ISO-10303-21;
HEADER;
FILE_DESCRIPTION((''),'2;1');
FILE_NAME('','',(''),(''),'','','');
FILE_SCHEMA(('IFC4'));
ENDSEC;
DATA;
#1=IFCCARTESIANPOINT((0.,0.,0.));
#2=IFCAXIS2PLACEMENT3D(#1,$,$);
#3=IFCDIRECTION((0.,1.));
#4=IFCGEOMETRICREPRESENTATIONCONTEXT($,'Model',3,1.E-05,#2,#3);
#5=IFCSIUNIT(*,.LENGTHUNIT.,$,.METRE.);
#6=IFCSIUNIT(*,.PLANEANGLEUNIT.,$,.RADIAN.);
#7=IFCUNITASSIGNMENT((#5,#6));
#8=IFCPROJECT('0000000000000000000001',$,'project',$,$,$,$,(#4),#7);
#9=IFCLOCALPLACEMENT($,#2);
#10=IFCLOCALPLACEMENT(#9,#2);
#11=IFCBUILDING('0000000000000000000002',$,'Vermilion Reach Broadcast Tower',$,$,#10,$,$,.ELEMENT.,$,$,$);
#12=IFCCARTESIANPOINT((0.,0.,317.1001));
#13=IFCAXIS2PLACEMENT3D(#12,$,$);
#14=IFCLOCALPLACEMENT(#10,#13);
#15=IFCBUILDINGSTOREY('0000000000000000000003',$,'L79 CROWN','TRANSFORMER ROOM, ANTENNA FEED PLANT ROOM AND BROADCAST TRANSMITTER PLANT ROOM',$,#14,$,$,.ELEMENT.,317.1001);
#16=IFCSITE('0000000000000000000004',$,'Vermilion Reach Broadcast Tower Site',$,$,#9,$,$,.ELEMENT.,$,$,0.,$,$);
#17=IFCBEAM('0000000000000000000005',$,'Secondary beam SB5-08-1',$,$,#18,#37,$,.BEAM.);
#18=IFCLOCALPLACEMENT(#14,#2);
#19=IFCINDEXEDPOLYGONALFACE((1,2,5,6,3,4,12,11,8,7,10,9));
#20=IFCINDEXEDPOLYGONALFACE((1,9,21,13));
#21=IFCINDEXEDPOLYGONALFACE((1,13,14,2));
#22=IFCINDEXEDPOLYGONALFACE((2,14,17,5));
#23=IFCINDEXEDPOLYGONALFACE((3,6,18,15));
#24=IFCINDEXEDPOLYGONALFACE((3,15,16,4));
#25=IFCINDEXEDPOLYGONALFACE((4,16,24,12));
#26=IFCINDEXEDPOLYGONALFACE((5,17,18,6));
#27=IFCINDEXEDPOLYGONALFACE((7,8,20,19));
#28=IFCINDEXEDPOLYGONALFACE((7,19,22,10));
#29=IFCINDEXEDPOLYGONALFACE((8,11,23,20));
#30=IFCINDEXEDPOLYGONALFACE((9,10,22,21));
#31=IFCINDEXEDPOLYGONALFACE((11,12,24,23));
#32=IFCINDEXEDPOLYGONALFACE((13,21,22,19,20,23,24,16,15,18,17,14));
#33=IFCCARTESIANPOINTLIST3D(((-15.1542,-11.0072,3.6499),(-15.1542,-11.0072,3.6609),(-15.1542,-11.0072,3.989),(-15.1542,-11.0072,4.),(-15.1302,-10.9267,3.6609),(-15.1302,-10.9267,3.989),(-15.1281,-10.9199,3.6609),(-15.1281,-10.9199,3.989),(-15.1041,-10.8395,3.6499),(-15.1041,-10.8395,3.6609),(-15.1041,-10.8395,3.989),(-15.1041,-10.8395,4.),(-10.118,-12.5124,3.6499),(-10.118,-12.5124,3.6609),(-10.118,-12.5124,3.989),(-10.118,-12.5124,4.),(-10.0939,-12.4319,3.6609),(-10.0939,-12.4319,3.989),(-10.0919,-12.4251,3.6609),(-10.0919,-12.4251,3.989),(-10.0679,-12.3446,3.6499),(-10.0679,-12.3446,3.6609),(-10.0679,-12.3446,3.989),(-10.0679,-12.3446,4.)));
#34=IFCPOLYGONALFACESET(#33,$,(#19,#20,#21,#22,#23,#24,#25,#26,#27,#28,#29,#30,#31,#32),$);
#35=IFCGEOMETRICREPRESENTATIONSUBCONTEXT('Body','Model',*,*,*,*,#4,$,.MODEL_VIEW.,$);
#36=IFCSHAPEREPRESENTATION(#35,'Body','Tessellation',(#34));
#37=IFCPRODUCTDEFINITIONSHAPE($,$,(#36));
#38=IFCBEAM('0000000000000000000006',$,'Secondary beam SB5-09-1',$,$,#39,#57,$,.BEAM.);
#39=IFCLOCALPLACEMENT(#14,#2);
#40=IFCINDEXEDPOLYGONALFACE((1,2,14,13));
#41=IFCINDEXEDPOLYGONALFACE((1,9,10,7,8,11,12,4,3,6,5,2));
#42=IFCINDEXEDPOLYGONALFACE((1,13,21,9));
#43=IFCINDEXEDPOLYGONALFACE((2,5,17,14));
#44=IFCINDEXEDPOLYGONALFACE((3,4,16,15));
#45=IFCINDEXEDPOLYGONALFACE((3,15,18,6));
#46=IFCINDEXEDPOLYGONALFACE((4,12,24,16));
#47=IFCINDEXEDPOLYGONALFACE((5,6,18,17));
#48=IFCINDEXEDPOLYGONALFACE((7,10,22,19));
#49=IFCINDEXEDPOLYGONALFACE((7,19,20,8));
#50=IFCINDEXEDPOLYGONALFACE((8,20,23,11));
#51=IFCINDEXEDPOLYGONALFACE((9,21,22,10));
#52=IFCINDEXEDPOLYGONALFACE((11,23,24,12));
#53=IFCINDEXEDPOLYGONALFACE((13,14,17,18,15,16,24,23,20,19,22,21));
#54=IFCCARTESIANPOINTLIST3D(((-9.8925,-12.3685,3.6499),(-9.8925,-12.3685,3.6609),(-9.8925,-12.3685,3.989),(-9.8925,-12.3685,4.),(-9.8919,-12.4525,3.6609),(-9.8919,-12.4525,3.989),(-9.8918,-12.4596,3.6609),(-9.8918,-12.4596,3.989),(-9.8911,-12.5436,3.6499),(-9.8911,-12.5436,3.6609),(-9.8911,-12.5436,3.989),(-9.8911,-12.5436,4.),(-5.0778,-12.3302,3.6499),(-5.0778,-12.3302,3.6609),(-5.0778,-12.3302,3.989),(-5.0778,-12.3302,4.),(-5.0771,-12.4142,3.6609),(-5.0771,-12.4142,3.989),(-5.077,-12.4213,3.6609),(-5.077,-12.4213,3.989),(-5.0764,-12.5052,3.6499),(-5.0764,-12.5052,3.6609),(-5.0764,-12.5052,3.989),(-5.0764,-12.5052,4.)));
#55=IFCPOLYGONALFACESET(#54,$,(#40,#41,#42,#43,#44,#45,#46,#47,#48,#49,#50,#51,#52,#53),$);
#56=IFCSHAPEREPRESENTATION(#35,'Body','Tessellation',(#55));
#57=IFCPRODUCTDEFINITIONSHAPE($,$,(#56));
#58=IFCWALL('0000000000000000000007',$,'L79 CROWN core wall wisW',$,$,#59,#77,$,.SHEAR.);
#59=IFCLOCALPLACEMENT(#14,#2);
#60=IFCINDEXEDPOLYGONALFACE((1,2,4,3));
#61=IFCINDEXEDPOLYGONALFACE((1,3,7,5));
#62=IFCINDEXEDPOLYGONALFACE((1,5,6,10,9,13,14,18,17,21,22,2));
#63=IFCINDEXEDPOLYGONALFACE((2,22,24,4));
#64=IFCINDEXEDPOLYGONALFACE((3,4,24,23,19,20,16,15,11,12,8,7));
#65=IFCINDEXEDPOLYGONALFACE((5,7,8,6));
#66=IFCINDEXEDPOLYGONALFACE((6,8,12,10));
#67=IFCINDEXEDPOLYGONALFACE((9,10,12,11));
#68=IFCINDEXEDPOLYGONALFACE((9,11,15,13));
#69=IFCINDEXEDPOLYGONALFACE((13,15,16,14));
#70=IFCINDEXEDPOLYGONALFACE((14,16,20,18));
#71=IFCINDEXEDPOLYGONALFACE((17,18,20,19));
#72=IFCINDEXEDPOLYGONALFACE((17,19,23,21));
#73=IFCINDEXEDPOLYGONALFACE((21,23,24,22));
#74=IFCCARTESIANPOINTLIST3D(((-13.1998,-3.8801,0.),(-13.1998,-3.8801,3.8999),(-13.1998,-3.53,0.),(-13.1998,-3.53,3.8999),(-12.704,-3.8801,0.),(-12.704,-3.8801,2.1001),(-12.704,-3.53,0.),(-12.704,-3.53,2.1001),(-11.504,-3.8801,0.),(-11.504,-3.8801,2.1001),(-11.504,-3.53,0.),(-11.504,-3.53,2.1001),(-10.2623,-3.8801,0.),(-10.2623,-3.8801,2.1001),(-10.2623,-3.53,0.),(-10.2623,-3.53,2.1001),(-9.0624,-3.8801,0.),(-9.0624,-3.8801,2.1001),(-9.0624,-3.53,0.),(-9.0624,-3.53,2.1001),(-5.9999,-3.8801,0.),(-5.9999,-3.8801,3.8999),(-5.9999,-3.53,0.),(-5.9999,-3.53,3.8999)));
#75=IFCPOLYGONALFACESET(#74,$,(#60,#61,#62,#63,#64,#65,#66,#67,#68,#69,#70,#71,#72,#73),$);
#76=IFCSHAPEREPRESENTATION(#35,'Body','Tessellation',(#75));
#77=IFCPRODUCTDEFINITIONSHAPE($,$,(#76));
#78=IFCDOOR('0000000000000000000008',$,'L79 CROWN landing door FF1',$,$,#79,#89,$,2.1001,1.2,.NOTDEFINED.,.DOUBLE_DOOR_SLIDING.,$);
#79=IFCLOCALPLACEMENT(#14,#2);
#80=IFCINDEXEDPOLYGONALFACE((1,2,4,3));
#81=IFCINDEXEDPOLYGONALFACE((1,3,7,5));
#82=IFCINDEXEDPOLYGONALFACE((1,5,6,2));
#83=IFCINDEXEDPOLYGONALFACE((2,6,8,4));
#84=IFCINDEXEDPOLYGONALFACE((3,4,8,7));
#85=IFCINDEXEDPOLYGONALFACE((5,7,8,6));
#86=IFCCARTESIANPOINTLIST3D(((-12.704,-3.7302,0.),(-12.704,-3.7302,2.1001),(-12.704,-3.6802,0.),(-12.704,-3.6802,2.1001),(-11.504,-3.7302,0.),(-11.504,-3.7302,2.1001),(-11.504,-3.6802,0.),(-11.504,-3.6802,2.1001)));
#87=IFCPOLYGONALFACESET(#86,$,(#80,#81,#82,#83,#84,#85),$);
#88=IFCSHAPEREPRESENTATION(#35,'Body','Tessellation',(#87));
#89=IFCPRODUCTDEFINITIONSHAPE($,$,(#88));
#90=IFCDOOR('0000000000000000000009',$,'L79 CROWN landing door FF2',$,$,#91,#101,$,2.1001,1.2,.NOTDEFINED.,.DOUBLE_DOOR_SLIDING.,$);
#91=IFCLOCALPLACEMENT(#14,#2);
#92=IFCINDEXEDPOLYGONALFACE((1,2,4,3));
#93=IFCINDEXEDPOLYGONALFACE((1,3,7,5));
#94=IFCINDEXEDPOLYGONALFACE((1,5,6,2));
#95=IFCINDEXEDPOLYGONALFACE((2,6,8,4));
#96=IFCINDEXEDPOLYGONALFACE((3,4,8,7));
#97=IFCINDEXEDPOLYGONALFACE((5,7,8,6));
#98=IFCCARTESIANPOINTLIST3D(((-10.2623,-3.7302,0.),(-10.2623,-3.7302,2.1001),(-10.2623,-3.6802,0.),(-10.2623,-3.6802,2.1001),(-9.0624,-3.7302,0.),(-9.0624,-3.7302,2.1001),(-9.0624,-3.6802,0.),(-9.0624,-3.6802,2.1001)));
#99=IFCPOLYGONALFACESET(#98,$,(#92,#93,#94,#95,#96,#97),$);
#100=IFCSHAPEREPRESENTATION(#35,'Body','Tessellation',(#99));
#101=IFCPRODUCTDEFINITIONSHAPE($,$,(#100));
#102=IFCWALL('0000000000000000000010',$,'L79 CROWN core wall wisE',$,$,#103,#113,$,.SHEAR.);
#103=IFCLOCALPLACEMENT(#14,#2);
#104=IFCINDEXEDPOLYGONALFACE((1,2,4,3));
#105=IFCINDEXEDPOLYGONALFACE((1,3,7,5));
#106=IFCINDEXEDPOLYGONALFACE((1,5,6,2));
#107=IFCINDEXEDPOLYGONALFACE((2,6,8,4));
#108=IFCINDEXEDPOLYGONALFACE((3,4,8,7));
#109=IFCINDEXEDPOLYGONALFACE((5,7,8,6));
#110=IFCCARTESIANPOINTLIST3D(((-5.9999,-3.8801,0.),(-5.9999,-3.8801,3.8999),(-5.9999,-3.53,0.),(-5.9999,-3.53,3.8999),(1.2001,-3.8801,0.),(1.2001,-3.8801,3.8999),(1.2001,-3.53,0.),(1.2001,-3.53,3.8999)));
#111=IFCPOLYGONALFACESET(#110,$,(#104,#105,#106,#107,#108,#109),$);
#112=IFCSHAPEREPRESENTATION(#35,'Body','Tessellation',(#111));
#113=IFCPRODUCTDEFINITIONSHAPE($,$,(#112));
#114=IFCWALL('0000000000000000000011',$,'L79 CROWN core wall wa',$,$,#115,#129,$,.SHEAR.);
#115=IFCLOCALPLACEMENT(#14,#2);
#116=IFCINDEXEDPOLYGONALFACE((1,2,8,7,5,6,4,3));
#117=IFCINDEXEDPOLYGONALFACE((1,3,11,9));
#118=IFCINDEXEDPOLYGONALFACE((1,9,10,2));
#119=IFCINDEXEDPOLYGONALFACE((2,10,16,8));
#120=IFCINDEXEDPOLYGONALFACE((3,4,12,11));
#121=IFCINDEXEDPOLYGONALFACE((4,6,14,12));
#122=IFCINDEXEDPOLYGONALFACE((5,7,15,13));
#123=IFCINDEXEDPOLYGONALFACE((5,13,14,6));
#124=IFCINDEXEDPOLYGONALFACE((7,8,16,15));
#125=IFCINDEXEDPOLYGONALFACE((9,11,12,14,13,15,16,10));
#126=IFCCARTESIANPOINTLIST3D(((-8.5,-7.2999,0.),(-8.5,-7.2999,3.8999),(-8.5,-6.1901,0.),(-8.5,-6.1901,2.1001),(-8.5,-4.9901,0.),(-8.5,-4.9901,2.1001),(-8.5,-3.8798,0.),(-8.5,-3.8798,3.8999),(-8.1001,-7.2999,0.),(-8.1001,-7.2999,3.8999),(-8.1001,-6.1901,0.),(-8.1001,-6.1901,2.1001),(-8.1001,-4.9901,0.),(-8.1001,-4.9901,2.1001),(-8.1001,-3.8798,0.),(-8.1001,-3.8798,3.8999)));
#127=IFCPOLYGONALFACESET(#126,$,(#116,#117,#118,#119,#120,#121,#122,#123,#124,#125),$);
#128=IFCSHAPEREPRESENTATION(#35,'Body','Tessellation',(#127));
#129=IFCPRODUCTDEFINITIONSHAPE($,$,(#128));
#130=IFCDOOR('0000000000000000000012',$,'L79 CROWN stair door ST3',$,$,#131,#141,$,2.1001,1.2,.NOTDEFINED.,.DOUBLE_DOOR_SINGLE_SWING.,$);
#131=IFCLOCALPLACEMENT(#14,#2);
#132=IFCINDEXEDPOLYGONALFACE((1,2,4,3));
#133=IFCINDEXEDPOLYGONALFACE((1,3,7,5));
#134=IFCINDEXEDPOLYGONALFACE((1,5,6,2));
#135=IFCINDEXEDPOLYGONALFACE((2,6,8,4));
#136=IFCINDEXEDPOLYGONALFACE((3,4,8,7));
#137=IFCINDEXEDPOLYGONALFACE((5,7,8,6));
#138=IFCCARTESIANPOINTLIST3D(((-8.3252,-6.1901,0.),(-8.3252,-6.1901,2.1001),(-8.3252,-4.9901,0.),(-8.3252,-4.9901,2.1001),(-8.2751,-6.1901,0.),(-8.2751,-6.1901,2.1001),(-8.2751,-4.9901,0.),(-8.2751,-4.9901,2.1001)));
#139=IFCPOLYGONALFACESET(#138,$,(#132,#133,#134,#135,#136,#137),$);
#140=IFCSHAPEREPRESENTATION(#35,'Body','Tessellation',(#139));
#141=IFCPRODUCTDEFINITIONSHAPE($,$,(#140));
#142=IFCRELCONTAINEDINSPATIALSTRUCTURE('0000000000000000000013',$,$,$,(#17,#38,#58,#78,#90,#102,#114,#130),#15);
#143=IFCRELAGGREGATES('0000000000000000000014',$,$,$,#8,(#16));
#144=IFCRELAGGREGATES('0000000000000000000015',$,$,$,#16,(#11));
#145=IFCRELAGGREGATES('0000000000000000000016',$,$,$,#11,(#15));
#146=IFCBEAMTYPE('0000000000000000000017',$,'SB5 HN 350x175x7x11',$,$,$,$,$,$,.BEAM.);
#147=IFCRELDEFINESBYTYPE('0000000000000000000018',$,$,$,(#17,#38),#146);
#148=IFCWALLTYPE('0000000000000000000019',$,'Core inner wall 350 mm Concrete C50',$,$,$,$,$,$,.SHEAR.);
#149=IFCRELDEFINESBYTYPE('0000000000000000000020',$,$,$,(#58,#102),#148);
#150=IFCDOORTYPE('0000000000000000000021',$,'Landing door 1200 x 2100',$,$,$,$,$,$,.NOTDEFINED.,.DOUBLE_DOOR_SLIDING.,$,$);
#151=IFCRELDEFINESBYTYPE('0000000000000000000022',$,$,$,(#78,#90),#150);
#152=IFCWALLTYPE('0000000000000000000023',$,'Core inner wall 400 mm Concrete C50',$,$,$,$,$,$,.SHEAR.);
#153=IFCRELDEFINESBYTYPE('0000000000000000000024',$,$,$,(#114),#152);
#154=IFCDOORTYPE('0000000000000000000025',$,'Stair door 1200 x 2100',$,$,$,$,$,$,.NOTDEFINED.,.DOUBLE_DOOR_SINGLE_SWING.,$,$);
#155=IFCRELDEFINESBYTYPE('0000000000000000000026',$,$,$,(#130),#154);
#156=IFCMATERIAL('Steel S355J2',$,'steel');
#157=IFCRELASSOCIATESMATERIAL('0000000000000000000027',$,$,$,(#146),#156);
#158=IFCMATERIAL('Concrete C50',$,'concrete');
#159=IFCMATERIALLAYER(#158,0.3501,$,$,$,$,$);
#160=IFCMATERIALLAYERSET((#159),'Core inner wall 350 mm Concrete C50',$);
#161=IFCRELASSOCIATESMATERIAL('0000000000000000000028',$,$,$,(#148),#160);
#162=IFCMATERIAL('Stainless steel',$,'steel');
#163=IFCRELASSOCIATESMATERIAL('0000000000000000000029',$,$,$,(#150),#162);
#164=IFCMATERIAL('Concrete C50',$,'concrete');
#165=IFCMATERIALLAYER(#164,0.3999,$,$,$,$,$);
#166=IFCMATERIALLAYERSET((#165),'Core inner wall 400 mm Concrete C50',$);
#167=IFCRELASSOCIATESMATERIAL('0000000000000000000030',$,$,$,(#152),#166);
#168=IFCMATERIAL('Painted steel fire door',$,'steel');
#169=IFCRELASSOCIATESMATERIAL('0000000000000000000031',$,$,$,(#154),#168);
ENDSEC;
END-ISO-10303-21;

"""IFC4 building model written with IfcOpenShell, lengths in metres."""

from ifc_helpers import new_model, si_unit, direction, frame, frame_2d, origin, origin_2d, place, context, subcontext, project, spatial, rectangle, i_section, extrude, material, layer, layer_set, material_profile, profile_set, type_object, element, fill, save


model = new_model("IFC4")

# Units and contexts
model_context = context("Model", 3, precision=1e-05, world=origin(), true_north=direction((0.0, 1.0)))
body_context = subcontext(model_context, "Body", "Model", "MODEL_VIEW")
ifc_project = project(units=[si_unit("LENGTHUNIT", "METRE"), si_unit("PLANEANGLEUNIT", "RADIAN")], contexts=[model_context])

# Site, building, storey
site_placement = place(None, origin())
site = spatial("IfcSite", under=ifc_project, at=site_placement, Name="Vermilion Reach Broadcast Tower Site", CompositionType="ELEMENT", RefElevation=0.0)
building_placement = place(site_placement, origin())
building = spatial("IfcBuilding", under=site, at=building_placement, Name="Vermilion Reach Broadcast Tower", CompositionType="ELEMENT")
storey_placement = place(building_placement, frame((0.0, 0.0, 317.1001)))
storey = spatial("IfcBuildingStorey", under=building, at=storey_placement, Name="L79 CROWN", Description="TRANSFORMER ROOM, ANTENNA FEED PLANT ROOM AND BROADCAST TRANSMITTER PLANT ROOM", CompositionType="ELEMENT", Elevation=317.1001)

# Beams
ifc_material_1 = material(Name="Steel S355J2", Category="steel")
ifc_material_profile_1 = material_profile(ifc_material_1, i_section(OverallWidth=0.175, OverallDepth=0.3501, WebThickness=0.0071, FlangeThickness=0.011, at=origin_2d()), Name="S355J2 HN 350x175x7x11")
ifc_profile_set_1 = profile_set([ifc_material_profile_1], Name="Steel S355J2")
beam_type_1 = type_object("IfcBeamType", Name="SB5 HN 350x175x7x11", PredefinedType="BEAM", material=ifc_profile_set_1)
beam_1_placement = place(storey_placement, frame((-15.1292, -10.9233, 3.825), z_axis=(0.958125, -0.286351, 0.0), x_axis=(0.286351, 0.958125, 0.0)))
element("IfcBeam", 1, at=beam_1_placement, inside=storey, type_object=beam_type_1, Name="Secondary beam SB5-08-1", PredefinedType="BEAM", context=body_context, shape_type="SweptSolid", body=[
    extrude(i_section(OverallWidth=0.175, OverallDepth=0.3501, WebThickness=0.0071, FlangeThickness=0.011, at=origin_2d()), origin(), (0.0, 0.0, 1.0), 5.2563),
])
beam_2_placement = place(storey_placement, frame((-9.8918, -12.4561, 3.825), z_axis=(0.999968, 0.007961, 0.0), x_axis=(-0.007961, 0.999968, 0.0)))
element("IfcBeam", 2, at=beam_2_placement, inside=storey, type_object=beam_type_1, Name="Secondary beam SB5-09-1", PredefinedType="BEAM", context=body_context, shape_type="SweptSolid", body=[
    extrude(i_section(OverallWidth=0.175, OverallDepth=0.3501, WebThickness=0.0071, FlangeThickness=0.011, at=origin_2d()), origin(), (0.0, 0.0, 1.0), 4.8149),
])

# Wall, openings, doors
ifc_material_2 = material(Name="Concrete C50", Category="concrete")
ifc_layer_1 = layer(ifc_material_2, 0.3501)
ifc_layer_set_1 = layer_set([ifc_layer_1], Name="Core inner wall 350 mm Concrete C50")
wall_type_1 = type_object("IfcWallType", Name="Core inner wall 350 mm Concrete C50", PredefinedType="SHEAR", material=ifc_layer_set_1)
wall_1_placement = place(storey_placement, frame((-13.2, -3.7051, 0.0), z_axis=(0.0, 0.0, 1.0), x_axis=(1.0, 0.0, 0.0)))
wall_1 = element("IfcWall", 3, at=wall_1_placement, inside=storey, type_object=wall_type_1, Name="L79 CROWN core wall wisW", PredefinedType="SHEAR", context=body_context, shape_type="SweptSolid", body=[
    extrude(rectangle(XDim=7.2, YDim=0.3501, at=frame_2d((3.6001, 0.0))), origin(), (0.0, 0.0, 1.0), 3.8999),
])
opening_1_placement = place(wall_1_placement, frame((0.4958, 0.0, 0.0)))
opening_1 = element("IfcOpeningElement", 4, at=opening_1_placement, cuts=wall_1, PredefinedType="OPENING", context=body_context, shape_type="SweptSolid", body=[
    extrude(rectangle(XDim=1.2, YDim=2.1001, at=frame_2d((0.6001, 1.05))), frame((0.0, 0.1851, 0.0), z_axis=(0.0, -1.0, 0.0), x_axis=(1.0, 0.0, 0.0)), (0.0, 0.0, 1.0), 0.3701),
])
opening_2_placement = place(wall_1_placement, frame((2.9375, 0.0, 0.0)))
opening_2 = element("IfcOpeningElement", 5, at=opening_2_placement, cuts=wall_1, PredefinedType="OPENING", context=body_context, shape_type="SweptSolid", body=[
    extrude(rectangle(XDim=1.2, YDim=2.1001, at=frame_2d((0.6001, 1.05))), frame((0.0, 0.1851, 0.0), z_axis=(0.0, -1.0, 0.0), x_axis=(1.0, 0.0, 0.0)), (0.0, 0.0, 1.0), 0.3701),
])
ifc_material_3 = material(Name="Stainless steel", Category="steel")
door_type_1 = type_object("IfcDoorType", Name="Landing door 1200 x 2100", OperationType="DOUBLE_DOOR_SLIDING", PredefinedType="NOTDEFINED", material=ifc_material_3)
door_1_placement = place(opening_1_placement, origin())
door_1 = element("IfcDoor", 6, at=door_1_placement, inside=storey, type_object=door_type_1, Name="L79 CROWN landing door FF1", OperationType="DOUBLE_DOOR_SLIDING", OverallHeight=2.1001, OverallWidth=1.2, PredefinedType="NOTDEFINED", context=body_context, shape_type="SweptSolid", body=[
    extrude(rectangle(XDim=1.2, YDim=2.1001, at=frame_2d((0.6001, 1.05))), frame((0.0, 0.0249, 0.0), z_axis=(0.0, -1.0, 0.0), x_axis=(1.0, 0.0, 0.0)), (0.0, 0.0, 1.0), 0.05),
])
fill(opening_1, door_1)
door_2_placement = place(opening_2_placement, origin())
door_2 = element("IfcDoor", 7, at=door_2_placement, inside=storey, type_object=door_type_1, Name="L79 CROWN landing door FF2", OperationType="DOUBLE_DOOR_SLIDING", OverallHeight=2.1001, OverallWidth=1.2, PredefinedType="NOTDEFINED", context=body_context, shape_type="SweptSolid", body=[
    extrude(rectangle(XDim=1.2, YDim=2.1001, at=frame_2d((0.6001, 1.05))), frame((0.0, 0.0249, 0.0), z_axis=(0.0, -1.0, 0.0), x_axis=(1.0, 0.0, 0.0)), (0.0, 0.0, 1.0), 0.05),
])
fill(opening_2, door_2)

# Wall
wall_2_placement = place(storey_placement, frame((-6.0, -3.7051, 0.0), z_axis=(0.0, 0.0, 1.0), x_axis=(1.0, 0.0, 0.0)))
element("IfcWall", 8, at=wall_2_placement, inside=storey, type_object=wall_type_1, Name="L79 CROWN core wall wisE", PredefinedType="SHEAR", context=body_context, shape_type="SweptSolid", body=[
    extrude(rectangle(XDim=7.2, YDim=0.3501, at=frame_2d((3.6001, 0.0))), origin(), (0.0, 0.0, 1.0), 3.8999),
])

# Wall, opening, door
ifc_material_4 = material(Name="Concrete C50", Category="concrete")
ifc_layer_2 = layer(ifc_material_4, 0.3999)
ifc_layer_set_2 = layer_set([ifc_layer_2], Name="Core inner wall 400 mm Concrete C50")
wall_type_2 = type_object("IfcWallType", Name="Core inner wall 400 mm Concrete C50", PredefinedType="SHEAR", material=ifc_layer_set_2)
wall_3_placement = place(storey_placement, frame((-8.3, -3.8799, 0.0), z_axis=(0.0, 0.0, 1.0), x_axis=(0.0, -1.0, 0.0)))
wall_3 = element("IfcWall", 9, at=wall_3_placement, inside=storey, type_object=wall_type_2, Name="L79 CROWN core wall wa", PredefinedType="SHEAR", context=body_context, shape_type="SweptSolid", body=[
    extrude(rectangle(XDim=3.4202, YDim=0.3999, at=frame_2d((1.71, 0.0))), origin(), (0.0, 0.0, 1.0), 3.8999),
])
opening_3_placement = place(wall_3_placement, frame((1.1101, 0.0, 0.0)))
opening_3 = element("IfcOpeningElement", 10, at=opening_3_placement, cuts=wall_3, PredefinedType="OPENING", context=body_context, shape_type="SweptSolid", body=[
    extrude(rectangle(XDim=1.2, YDim=2.1001, at=frame_2d((0.6001, 1.05))), frame((0.0, 0.21, 0.0), z_axis=(0.0, -1.0, 0.0), x_axis=(1.0, 0.0, 0.0)), (0.0, 0.0, 1.0), 0.4199),
])
ifc_material_5 = material(Name="Painted steel fire door", Category="steel")
door_type_2 = type_object("IfcDoorType", Name="Stair door 1200 x 2100", OperationType="DOUBLE_DOOR_SINGLE_SWING", PredefinedType="NOTDEFINED", material=ifc_material_5)
door_3_placement = place(opening_3_placement, origin())
door_3 = element("IfcDoor", 11, at=door_3_placement, inside=storey, type_object=door_type_2, Name="L79 CROWN stair door ST3", OperationType="DOUBLE_DOOR_SINGLE_SWING", OverallHeight=2.1001, OverallWidth=1.2, PredefinedType="NOTDEFINED", context=body_context, shape_type="SweptSolid", body=[
    extrude(rectangle(XDim=1.2, YDim=2.1001, at=frame_2d((0.6001, 1.05))), frame((0.0, 0.0249, 0.0), z_axis=(0.0, -1.0, 0.0), x_axis=(1.0, 0.0, 0.0)), (0.0, 0.0, 1.0), 0.05),
])
fill(opening_3, door_3)

save(model, "model.ifc")
